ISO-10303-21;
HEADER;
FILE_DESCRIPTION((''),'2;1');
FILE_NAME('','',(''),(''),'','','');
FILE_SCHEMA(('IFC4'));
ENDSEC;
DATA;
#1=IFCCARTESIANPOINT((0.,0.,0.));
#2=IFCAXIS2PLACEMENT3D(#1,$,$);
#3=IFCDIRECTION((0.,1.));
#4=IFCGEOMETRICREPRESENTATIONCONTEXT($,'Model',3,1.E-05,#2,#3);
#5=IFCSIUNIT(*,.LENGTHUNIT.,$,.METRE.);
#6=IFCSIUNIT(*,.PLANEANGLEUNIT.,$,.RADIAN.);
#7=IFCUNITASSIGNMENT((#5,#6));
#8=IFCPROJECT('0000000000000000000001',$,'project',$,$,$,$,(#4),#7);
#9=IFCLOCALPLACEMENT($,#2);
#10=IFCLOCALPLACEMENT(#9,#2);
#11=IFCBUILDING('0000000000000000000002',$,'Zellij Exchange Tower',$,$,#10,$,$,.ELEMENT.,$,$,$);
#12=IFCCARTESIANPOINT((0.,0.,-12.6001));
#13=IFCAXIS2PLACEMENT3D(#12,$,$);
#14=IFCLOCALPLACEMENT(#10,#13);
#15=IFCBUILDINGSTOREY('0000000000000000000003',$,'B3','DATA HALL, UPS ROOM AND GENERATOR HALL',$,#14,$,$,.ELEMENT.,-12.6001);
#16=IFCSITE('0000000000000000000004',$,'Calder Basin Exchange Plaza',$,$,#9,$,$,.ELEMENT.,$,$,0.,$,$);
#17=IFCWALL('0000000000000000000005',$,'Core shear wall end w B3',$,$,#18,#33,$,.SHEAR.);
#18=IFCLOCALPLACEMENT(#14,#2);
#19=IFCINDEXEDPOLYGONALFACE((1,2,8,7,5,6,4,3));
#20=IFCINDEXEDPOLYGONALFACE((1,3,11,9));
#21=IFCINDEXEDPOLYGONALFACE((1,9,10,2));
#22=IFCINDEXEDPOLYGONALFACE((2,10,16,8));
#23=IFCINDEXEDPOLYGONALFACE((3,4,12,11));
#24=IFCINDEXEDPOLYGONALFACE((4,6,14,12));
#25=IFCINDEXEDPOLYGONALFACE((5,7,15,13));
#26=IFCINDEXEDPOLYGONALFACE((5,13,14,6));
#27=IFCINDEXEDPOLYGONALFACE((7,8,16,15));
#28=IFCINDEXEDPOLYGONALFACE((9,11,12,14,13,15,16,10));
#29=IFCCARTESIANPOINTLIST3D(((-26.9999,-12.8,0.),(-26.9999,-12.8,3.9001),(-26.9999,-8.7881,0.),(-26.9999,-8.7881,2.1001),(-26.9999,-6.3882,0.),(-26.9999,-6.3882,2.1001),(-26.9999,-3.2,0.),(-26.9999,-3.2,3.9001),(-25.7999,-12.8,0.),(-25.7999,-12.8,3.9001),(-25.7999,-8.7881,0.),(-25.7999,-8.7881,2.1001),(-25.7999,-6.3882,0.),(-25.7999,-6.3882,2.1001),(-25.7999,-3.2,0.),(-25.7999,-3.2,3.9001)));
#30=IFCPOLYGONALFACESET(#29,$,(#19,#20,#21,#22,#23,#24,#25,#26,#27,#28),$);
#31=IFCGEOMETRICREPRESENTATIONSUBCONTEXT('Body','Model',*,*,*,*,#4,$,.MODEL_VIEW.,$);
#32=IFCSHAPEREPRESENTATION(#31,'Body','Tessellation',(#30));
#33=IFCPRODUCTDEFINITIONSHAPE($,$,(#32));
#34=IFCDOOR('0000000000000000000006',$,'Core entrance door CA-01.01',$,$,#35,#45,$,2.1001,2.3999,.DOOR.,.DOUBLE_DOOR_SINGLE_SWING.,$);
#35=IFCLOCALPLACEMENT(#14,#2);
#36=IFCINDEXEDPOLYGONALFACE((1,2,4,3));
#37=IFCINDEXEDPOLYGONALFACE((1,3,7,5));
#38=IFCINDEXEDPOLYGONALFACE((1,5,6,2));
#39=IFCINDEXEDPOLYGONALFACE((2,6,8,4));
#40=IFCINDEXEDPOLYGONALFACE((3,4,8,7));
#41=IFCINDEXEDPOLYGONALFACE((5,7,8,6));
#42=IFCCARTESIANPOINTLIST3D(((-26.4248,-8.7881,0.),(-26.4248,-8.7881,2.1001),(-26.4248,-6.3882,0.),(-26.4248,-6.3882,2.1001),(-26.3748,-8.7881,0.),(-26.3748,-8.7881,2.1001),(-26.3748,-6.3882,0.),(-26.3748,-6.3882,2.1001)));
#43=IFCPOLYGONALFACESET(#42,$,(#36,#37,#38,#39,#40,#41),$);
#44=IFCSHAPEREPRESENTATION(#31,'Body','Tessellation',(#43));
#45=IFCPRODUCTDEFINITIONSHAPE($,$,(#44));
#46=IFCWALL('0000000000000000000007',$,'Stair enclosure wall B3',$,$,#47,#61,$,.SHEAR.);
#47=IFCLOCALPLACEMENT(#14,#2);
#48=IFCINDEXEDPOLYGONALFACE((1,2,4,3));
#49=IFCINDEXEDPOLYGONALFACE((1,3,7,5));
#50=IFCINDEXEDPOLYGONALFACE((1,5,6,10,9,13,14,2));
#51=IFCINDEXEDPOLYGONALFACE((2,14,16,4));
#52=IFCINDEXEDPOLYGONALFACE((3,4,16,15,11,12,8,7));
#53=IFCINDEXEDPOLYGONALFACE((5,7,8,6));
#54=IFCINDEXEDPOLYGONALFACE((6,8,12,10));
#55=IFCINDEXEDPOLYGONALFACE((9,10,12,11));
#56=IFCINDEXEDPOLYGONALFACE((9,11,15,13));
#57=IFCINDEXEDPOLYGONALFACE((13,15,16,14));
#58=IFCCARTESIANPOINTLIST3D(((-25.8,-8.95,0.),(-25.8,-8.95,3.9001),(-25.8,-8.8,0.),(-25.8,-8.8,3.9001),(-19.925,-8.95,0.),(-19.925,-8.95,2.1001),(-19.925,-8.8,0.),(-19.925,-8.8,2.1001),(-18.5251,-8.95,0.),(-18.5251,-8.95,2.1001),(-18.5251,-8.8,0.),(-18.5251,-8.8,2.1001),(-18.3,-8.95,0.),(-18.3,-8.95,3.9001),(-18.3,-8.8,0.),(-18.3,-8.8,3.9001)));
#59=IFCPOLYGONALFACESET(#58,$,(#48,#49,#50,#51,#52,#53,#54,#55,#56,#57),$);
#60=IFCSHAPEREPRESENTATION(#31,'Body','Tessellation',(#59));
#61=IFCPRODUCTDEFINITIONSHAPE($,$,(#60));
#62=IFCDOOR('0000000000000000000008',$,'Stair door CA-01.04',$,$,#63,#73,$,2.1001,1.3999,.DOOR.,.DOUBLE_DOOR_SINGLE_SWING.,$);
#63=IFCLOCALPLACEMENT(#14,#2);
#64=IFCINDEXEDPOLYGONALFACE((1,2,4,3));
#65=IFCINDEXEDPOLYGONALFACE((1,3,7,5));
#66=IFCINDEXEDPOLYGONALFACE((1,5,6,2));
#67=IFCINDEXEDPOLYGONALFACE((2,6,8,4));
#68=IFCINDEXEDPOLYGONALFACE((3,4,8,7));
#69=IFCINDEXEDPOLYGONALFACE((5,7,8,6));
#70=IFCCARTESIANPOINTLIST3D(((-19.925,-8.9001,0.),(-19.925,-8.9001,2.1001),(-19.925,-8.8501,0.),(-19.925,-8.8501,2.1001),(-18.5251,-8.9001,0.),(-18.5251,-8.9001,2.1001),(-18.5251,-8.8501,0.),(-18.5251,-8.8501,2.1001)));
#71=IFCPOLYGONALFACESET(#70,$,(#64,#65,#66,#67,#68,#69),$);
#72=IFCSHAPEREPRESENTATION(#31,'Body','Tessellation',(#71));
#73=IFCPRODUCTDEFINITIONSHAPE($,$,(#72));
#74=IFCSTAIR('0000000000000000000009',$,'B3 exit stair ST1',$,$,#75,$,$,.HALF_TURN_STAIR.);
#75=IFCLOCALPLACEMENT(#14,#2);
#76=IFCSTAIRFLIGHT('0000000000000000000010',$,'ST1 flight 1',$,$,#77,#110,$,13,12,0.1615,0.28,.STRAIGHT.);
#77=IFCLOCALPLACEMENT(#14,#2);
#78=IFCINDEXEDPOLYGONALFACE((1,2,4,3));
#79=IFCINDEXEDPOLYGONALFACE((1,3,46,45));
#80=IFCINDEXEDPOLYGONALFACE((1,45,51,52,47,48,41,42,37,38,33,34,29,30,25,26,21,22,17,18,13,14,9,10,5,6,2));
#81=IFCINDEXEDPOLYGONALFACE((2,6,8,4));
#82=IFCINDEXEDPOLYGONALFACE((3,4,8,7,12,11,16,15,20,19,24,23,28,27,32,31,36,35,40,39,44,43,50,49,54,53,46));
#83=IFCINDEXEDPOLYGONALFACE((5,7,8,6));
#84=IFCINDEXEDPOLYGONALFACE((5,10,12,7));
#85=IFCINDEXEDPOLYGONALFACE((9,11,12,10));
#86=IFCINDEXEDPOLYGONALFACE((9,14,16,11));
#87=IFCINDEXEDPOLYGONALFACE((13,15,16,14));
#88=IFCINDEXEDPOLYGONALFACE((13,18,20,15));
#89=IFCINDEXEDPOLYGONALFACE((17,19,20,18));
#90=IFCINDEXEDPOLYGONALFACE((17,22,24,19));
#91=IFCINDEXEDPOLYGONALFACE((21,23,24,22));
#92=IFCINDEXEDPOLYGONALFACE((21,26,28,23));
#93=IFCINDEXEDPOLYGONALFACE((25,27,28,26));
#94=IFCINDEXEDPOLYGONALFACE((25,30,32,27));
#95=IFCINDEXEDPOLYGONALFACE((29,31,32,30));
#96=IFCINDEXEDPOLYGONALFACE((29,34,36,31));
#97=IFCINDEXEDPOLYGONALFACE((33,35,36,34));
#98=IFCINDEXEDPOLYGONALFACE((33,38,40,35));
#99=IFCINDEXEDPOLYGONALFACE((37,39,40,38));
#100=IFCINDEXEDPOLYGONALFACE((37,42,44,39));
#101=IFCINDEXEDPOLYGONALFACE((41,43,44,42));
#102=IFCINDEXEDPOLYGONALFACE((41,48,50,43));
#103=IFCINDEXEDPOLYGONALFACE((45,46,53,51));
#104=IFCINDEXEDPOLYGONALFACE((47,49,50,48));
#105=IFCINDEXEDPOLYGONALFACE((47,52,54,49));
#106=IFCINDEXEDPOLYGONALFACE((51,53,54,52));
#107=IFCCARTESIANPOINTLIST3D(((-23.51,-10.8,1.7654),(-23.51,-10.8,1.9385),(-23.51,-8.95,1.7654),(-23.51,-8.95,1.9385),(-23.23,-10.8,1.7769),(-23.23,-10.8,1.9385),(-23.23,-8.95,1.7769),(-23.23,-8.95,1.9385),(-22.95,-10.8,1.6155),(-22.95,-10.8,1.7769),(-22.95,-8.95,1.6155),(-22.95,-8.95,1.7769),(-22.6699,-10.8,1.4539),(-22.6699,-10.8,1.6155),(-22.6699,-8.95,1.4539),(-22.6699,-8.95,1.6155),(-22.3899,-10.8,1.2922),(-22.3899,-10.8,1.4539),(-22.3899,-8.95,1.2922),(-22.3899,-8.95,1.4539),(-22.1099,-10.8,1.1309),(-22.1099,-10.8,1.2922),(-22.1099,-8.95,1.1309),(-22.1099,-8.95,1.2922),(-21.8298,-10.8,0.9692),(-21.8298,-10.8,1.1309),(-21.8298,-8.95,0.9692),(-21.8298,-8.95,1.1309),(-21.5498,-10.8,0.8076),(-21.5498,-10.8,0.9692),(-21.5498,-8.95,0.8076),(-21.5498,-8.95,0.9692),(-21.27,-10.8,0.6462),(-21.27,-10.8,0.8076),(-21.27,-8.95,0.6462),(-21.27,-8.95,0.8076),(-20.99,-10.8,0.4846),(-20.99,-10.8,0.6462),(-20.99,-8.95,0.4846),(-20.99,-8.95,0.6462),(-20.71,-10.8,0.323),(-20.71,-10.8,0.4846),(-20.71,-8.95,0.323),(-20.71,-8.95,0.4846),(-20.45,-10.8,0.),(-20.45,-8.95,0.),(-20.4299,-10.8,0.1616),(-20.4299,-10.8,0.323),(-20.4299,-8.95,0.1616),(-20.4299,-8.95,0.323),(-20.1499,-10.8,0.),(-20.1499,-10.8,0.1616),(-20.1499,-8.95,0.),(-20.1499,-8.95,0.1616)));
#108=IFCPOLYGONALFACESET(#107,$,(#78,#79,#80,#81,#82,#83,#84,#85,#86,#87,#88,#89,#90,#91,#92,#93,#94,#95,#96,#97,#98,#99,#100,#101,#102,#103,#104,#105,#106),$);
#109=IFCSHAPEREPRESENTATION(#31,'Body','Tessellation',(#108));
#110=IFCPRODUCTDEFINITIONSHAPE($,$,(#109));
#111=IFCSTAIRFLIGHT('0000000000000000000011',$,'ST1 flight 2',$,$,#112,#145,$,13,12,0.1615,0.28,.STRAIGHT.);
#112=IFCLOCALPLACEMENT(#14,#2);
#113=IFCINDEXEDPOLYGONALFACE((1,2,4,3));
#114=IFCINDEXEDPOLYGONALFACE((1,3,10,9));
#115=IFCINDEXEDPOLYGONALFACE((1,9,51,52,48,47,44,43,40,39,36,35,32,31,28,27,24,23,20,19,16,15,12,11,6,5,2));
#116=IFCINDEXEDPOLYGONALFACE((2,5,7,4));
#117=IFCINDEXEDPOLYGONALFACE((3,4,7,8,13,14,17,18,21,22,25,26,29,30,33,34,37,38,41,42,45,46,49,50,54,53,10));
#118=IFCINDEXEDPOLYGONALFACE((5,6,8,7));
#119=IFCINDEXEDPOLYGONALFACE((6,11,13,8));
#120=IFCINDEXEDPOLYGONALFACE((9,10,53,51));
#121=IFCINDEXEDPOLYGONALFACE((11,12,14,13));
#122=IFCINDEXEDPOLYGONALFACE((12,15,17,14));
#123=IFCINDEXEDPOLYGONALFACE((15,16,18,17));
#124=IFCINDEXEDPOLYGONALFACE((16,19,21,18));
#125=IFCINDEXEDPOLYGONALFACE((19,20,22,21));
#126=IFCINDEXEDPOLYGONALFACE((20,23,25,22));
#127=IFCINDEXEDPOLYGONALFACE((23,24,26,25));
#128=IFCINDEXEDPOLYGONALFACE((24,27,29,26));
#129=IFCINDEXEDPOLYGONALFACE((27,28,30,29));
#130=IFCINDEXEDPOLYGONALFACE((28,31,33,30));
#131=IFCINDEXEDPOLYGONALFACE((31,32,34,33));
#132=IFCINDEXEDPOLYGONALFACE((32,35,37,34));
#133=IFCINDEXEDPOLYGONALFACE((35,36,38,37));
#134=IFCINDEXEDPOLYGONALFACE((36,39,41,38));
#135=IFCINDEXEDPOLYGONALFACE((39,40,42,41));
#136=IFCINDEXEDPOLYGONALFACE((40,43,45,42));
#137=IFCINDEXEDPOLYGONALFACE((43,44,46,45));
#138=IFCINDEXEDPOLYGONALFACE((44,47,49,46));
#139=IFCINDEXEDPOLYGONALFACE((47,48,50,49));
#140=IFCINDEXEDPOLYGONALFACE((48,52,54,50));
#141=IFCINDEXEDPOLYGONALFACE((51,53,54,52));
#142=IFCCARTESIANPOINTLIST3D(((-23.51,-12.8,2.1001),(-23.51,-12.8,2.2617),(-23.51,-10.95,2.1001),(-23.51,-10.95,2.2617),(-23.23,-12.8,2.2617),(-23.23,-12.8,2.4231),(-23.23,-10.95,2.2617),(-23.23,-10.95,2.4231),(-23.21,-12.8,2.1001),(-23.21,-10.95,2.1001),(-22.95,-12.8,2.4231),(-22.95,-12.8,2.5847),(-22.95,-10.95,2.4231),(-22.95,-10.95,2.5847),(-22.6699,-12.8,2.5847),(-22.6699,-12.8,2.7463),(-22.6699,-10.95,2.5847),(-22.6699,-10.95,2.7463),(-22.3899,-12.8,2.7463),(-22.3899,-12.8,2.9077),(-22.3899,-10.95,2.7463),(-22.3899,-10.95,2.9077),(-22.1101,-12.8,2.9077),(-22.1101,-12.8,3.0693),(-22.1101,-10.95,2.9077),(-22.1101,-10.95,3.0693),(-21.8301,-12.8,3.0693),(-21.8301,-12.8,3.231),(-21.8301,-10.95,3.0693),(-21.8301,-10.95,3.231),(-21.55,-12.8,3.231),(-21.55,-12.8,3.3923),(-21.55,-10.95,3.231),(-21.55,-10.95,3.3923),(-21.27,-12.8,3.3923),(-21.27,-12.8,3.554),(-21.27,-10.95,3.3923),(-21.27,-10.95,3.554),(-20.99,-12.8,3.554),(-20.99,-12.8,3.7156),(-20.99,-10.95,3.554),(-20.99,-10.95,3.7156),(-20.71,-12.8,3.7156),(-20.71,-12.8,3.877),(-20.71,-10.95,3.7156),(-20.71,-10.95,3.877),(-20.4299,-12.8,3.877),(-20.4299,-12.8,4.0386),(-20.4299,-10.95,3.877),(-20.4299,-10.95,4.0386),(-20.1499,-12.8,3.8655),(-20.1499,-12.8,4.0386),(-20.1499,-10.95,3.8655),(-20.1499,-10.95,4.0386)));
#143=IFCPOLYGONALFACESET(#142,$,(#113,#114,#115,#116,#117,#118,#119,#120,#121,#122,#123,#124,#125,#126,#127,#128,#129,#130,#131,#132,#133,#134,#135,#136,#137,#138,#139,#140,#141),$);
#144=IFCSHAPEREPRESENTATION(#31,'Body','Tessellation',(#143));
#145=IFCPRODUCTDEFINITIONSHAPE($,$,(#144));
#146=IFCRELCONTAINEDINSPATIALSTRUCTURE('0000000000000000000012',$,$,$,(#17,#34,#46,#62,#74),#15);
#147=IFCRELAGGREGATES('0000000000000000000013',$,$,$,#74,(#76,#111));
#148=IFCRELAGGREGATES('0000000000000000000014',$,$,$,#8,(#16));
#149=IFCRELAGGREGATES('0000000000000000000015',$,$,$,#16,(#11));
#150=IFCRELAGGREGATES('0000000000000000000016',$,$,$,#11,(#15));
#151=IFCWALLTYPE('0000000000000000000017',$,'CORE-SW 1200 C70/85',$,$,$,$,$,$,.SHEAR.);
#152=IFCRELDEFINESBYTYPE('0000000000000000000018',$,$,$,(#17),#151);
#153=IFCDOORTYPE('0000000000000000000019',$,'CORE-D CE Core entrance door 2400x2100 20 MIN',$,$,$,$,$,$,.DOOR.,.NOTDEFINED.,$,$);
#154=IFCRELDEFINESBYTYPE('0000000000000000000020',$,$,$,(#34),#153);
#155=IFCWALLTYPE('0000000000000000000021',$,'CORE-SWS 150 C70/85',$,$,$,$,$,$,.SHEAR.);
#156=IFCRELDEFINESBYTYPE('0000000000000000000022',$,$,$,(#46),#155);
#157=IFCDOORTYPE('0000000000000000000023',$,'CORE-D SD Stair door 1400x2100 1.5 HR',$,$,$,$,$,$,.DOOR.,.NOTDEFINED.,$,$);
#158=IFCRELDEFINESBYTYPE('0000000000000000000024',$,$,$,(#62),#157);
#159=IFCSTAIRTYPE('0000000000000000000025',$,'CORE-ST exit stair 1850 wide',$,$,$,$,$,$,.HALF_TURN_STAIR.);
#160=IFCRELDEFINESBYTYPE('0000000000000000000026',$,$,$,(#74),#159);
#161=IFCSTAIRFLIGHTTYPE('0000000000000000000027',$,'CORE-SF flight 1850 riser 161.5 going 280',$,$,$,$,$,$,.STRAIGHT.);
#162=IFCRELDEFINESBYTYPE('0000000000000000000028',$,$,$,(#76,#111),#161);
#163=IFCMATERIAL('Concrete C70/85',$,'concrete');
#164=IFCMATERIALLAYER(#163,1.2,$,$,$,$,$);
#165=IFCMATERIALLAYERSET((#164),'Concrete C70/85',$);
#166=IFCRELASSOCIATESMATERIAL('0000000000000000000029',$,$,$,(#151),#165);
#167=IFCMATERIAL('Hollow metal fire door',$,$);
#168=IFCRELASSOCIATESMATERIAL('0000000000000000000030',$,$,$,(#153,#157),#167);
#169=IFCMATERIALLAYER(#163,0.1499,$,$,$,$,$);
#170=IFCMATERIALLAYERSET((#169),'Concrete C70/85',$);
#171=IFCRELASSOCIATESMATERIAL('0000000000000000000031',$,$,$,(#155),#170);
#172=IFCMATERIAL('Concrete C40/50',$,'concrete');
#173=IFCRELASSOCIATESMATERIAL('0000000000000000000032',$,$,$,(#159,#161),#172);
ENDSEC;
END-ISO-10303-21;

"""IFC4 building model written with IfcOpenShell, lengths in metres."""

from ifc_helpers import new_model, si_unit, direction, frame, frame_2d, origin, place, context, subcontext, project, spatial, polyline, rectangle, outline, extrude, material, layer, layer_set, type_object, element, fill, aggregate, save


model = new_model("IFC4")

# Units and contexts
model_context = context("Model", 3, precision=1e-05, world=origin(), true_north=direction((0.0, 1.0)))
body_context = subcontext(model_context, "Body", "Model", "MODEL_VIEW")
ifc_project = project(units=[si_unit("LENGTHUNIT", "METRE"), si_unit("PLANEANGLEUNIT", "RADIAN")], contexts=[model_context])

# Site, building, storey
site_placement = place(None, origin())
site = spatial("IfcSite", under=ifc_project, at=site_placement, Name="Calder Basin Exchange Plaza", CompositionType="ELEMENT", RefElevation=0.0)
building_placement = place(site_placement, origin())
building = spatial("IfcBuilding", under=site, at=building_placement, Name="Zellij Exchange Tower", CompositionType="ELEMENT")
storey_placement = place(building_placement, frame((0.0, 0.0, -12.6001)))
storey = spatial("IfcBuildingStorey", under=building, at=storey_placement, Name="B3", Description="DATA HALL, UPS ROOM AND GENERATOR HALL", CompositionType="ELEMENT", Elevation=-12.6001)

# Shared definitions
ifc_material_1 = material(Name="Concrete C40/50", Category="concrete")

# Shared definitions
ifc_material_2 = material(Name="Concrete C70/85", Category="concrete")

# Shared definitions
ifc_material_3 = material(Name="Hollow metal fire door")
ifc_layer_1 = layer(ifc_material_2, 1.2)
ifc_layer_set_1 = layer_set([ifc_layer_1], Name="Concrete C70/85")
wall_type_1 = type_object("IfcWallType", Name="CORE-SW 1200 C70/85", PredefinedType="SHEAR", material=ifc_layer_set_1)

# Walls, openings, doors
wall_1_placement = place(storey_placement, frame((-26.3999, -12.8, 0.0), z_axis=(0.0, 0.0, 1.0), x_axis=(0.0, 1.0, 0.0)))
wall_1 = element("IfcWall", 1, at=wall_1_placement, inside=storey, type_object=wall_type_1, Name="Core shear wall end w B3", PredefinedType="SHEAR", context=body_context, shape_type="SweptSolid", body=[
    extrude(rectangle(XDim=9.6001, YDim=1.2, at=frame_2d((4.8, 0.0))), origin(), (0.0, 0.0, 1.0), 3.9001),
])
opening_1_placement = place(wall_1_placement, frame((4.012, 0.0, 0.0)))
opening_1 = element("IfcOpeningElement", 2, at=opening_1_placement, cuts=wall_1, PredefinedType="OPENING", context=body_context, shape_type="SweptSolid", body=[
    extrude(rectangle(XDim=2.3999, YDim=2.1001, at=frame_2d((1.2, 1.05))), frame((0.0, 0.6118, 0.0), z_axis=(0.0, -1.0, 0.0), x_axis=(1.0, 0.0, 0.0)), (0.0, 0.0, 1.0), 1.2239),
])
door_type_1 = type_object("IfcDoorType", Name="CORE-D CE Core entrance door 2400x2100 20 MIN", OperationType="NOTDEFINED", PredefinedType="DOOR", material=ifc_material_3)
door_1_placement = place(opening_1_placement, origin())
door_1 = element("IfcDoor", 3, at=door_1_placement, inside=storey, type_object=door_type_1, Name="Core entrance door CA-01.01", OperationType="DOUBLE_DOOR_SINGLE_SWING", OverallHeight=2.1001, OverallWidth=2.3999, PredefinedType="DOOR", context=body_context, shape_type="SweptSolid", body=[
    extrude(rectangle(XDim=2.3999, YDim=2.1001, at=frame_2d((1.2, 1.05))), frame((0.0, 0.0249, 0.0), z_axis=(0.0, -1.0, 0.0), x_axis=(1.0, 0.0, 0.0)), (0.0, 0.0, 1.0), 0.05),
])
fill(opening_1, door_1)
ifc_layer_2 = layer(ifc_material_2, 0.1499)
ifc_layer_set_2 = layer_set([ifc_layer_2], Name="Concrete C70/85")
wall_type_2 = type_object("IfcWallType", Name="CORE-SWS 150 C70/85", PredefinedType="SHEAR", material=ifc_layer_set_2)
wall_2_placement = place(storey_placement, frame((-25.8, -8.875, 0.0), z_axis=(0.0, 0.0, 1.0), x_axis=(1.0, 0.0, 0.0)))
wall_2 = element("IfcWall", 4, at=wall_2_placement, inside=storey, type_object=wall_type_2, Name="Stair enclosure wall B3", PredefinedType="SHEAR", context=body_context, shape_type="SweptSolid", body=[
    extrude(rectangle(XDim=7.5, YDim=0.1499, at=frame_2d((3.75, 0.0))), origin(), (0.0, 0.0, 1.0), 3.9001),
])
opening_2_placement = place(wall_2_placement, frame((5.875, 0.0, 0.0)))
opening_2 = element("IfcOpeningElement", 5, at=opening_2_placement, cuts=wall_2, PredefinedType="OPENING", context=body_context, shape_type="SweptSolid", body=[
    extrude(rectangle(XDim=1.3999, YDim=2.1001, at=frame_2d((0.7, 1.05))), frame((0.0, 0.0869, 0.0), z_axis=(0.0, -1.0, 0.0), x_axis=(1.0, 0.0, 0.0)), (0.0, 0.0, 1.0), 0.1738),
])
door_type_2 = type_object("IfcDoorType", Name="CORE-D SD Stair door 1400x2100 1.5 HR", OperationType="NOTDEFINED", PredefinedType="DOOR", material=ifc_material_3)
door_2_placement = place(opening_2_placement, origin())
door_2 = element("IfcDoor", 6, at=door_2_placement, inside=storey, type_object=door_type_2, Name="Stair door CA-01.04", OperationType="DOUBLE_DOOR_SINGLE_SWING", OverallHeight=2.1001, OverallWidth=1.3999, PredefinedType="DOOR", context=body_context, shape_type="SweptSolid", body=[
    extrude(rectangle(XDim=1.3999, YDim=2.1001, at=frame_2d((0.7, 1.05))), frame((0.0, 0.0249, 0.0), z_axis=(0.0, -1.0, 0.0), x_axis=(1.0, 0.0, 0.0)), (0.0, 0.0, 1.0), 0.05),
])
fill(opening_2, door_2)

# Stair, stair flights
stair_type = type_object("IfcStairType", Name="CORE-ST exit stair 1850 wide", PredefinedType="HALF_TURN_STAIR", material=ifc_material_1)
stair_placement = place(storey_placement, origin())
stair = element("IfcStair", 7, at=stair_placement, inside=storey, type_object=stair_type, Name="B3 exit stair ST1", PredefinedType="HALF_TURN_STAIR")
stair_flight_type = type_object("IfcStairFlightType", Name="CORE-SF flight 1850 riser 161.5 going 280", PredefinedType="STRAIGHT", material=ifc_material_1)
stair_flight_1_placement = place(storey_placement, frame((-20.1499, -9.875, 0.0), z_axis=(0.0, 0.0, 1.0), x_axis=(-1.0, 0.0, 0.0)))
stair_flight_1 = element("IfcStairFlight", 8, at=stair_flight_1_placement, type_object=stair_flight_type, Name="ST1 flight 1", NumberOfRisers=13, NumberOfTreads=12, PredefinedType="STRAIGHT", RiserHeight=0.1615, TreadLength=0.28, context=body_context, shape_type="SweptSolid", body=[
    extrude(outline(polyline([(0.0, 0.0), (0.0, 0.1616), (0.28, 0.1616), (0.28, 0.323), (0.5601, 0.323), (0.5601, 0.4846), (0.8401, 0.4846), (0.8401, 0.6462), (1.1201, 0.6462), (1.1201, 0.8076), (1.3999, 0.8076), (1.3999, 0.9692), (1.6799, 0.9692), (1.6799, 1.1309), (1.96, 1.1309), (1.96, 1.2922), (2.24, 1.2922), (2.24, 1.4539), (2.52, 1.4539), (2.52, 1.6155), (2.8, 1.6155), (2.8, 1.7769), (3.0801, 1.7769), (3.0801, 1.9385), (3.3601, 1.9385), (3.3601, 2.1001), (3.3601, 1.7654), (0.3, 0.0), (0.0, 0.0)])), frame((0.0, 0.925, 0.0), z_axis=(0.0, -1.0, 0.0), x_axis=(1.0, 0.0, 0.0)), (0.0, 0.0, 1.0), 1.8501),
])
stair_flight_2_placement = place(storey_placement, frame((-23.51, -11.875, 2.1001), z_axis=(0.0, 0.0, 1.0), x_axis=(1.0, 0.0, 0.0)))
stair_flight_2 = element("IfcStairFlight", 9, at=stair_flight_2_placement, type_object=stair_flight_type, Name="ST1 flight 2", NumberOfRisers=13, NumberOfTreads=12, PredefinedType="STRAIGHT", RiserHeight=0.1615, TreadLength=0.28, context=body_context, shape_type="SweptSolid", body=[
    extrude(outline(polyline([(0.0, 0.0), (0.0, 0.1616), (0.28, 0.1616), (0.28, 0.323), (0.5601, 0.323), (0.5601, 0.4846), (0.8401, 0.4846), (0.8401, 0.6462), (1.1201, 0.6462), (1.1201, 0.8076), (1.3999, 0.8076), (1.3999, 0.9692), (1.6799, 0.9692), (1.6799, 1.1309), (1.96, 1.1309), (1.96, 1.2922), (2.24, 1.2922), (2.24, 1.4539), (2.52, 1.4539), (2.52, 1.6155), (2.8, 1.6155), (2.8, 1.7769), (3.0801, 1.7769), (3.0801, 1.9385), (3.3601, 1.9385), (3.3601, 2.1001), (3.3601, 1.7654), (0.3, 0.0), (0.0, 0.0)])), frame((0.0, 0.925, 0.0), z_axis=(0.0, -1.0, 0.0), x_axis=(1.0, 0.0, 0.0)), (0.0, 0.0, 1.0), 1.8501),
])
aggregate(stair, [stair_flight_1, stair_flight_2])

save(model, "model.ifc")
